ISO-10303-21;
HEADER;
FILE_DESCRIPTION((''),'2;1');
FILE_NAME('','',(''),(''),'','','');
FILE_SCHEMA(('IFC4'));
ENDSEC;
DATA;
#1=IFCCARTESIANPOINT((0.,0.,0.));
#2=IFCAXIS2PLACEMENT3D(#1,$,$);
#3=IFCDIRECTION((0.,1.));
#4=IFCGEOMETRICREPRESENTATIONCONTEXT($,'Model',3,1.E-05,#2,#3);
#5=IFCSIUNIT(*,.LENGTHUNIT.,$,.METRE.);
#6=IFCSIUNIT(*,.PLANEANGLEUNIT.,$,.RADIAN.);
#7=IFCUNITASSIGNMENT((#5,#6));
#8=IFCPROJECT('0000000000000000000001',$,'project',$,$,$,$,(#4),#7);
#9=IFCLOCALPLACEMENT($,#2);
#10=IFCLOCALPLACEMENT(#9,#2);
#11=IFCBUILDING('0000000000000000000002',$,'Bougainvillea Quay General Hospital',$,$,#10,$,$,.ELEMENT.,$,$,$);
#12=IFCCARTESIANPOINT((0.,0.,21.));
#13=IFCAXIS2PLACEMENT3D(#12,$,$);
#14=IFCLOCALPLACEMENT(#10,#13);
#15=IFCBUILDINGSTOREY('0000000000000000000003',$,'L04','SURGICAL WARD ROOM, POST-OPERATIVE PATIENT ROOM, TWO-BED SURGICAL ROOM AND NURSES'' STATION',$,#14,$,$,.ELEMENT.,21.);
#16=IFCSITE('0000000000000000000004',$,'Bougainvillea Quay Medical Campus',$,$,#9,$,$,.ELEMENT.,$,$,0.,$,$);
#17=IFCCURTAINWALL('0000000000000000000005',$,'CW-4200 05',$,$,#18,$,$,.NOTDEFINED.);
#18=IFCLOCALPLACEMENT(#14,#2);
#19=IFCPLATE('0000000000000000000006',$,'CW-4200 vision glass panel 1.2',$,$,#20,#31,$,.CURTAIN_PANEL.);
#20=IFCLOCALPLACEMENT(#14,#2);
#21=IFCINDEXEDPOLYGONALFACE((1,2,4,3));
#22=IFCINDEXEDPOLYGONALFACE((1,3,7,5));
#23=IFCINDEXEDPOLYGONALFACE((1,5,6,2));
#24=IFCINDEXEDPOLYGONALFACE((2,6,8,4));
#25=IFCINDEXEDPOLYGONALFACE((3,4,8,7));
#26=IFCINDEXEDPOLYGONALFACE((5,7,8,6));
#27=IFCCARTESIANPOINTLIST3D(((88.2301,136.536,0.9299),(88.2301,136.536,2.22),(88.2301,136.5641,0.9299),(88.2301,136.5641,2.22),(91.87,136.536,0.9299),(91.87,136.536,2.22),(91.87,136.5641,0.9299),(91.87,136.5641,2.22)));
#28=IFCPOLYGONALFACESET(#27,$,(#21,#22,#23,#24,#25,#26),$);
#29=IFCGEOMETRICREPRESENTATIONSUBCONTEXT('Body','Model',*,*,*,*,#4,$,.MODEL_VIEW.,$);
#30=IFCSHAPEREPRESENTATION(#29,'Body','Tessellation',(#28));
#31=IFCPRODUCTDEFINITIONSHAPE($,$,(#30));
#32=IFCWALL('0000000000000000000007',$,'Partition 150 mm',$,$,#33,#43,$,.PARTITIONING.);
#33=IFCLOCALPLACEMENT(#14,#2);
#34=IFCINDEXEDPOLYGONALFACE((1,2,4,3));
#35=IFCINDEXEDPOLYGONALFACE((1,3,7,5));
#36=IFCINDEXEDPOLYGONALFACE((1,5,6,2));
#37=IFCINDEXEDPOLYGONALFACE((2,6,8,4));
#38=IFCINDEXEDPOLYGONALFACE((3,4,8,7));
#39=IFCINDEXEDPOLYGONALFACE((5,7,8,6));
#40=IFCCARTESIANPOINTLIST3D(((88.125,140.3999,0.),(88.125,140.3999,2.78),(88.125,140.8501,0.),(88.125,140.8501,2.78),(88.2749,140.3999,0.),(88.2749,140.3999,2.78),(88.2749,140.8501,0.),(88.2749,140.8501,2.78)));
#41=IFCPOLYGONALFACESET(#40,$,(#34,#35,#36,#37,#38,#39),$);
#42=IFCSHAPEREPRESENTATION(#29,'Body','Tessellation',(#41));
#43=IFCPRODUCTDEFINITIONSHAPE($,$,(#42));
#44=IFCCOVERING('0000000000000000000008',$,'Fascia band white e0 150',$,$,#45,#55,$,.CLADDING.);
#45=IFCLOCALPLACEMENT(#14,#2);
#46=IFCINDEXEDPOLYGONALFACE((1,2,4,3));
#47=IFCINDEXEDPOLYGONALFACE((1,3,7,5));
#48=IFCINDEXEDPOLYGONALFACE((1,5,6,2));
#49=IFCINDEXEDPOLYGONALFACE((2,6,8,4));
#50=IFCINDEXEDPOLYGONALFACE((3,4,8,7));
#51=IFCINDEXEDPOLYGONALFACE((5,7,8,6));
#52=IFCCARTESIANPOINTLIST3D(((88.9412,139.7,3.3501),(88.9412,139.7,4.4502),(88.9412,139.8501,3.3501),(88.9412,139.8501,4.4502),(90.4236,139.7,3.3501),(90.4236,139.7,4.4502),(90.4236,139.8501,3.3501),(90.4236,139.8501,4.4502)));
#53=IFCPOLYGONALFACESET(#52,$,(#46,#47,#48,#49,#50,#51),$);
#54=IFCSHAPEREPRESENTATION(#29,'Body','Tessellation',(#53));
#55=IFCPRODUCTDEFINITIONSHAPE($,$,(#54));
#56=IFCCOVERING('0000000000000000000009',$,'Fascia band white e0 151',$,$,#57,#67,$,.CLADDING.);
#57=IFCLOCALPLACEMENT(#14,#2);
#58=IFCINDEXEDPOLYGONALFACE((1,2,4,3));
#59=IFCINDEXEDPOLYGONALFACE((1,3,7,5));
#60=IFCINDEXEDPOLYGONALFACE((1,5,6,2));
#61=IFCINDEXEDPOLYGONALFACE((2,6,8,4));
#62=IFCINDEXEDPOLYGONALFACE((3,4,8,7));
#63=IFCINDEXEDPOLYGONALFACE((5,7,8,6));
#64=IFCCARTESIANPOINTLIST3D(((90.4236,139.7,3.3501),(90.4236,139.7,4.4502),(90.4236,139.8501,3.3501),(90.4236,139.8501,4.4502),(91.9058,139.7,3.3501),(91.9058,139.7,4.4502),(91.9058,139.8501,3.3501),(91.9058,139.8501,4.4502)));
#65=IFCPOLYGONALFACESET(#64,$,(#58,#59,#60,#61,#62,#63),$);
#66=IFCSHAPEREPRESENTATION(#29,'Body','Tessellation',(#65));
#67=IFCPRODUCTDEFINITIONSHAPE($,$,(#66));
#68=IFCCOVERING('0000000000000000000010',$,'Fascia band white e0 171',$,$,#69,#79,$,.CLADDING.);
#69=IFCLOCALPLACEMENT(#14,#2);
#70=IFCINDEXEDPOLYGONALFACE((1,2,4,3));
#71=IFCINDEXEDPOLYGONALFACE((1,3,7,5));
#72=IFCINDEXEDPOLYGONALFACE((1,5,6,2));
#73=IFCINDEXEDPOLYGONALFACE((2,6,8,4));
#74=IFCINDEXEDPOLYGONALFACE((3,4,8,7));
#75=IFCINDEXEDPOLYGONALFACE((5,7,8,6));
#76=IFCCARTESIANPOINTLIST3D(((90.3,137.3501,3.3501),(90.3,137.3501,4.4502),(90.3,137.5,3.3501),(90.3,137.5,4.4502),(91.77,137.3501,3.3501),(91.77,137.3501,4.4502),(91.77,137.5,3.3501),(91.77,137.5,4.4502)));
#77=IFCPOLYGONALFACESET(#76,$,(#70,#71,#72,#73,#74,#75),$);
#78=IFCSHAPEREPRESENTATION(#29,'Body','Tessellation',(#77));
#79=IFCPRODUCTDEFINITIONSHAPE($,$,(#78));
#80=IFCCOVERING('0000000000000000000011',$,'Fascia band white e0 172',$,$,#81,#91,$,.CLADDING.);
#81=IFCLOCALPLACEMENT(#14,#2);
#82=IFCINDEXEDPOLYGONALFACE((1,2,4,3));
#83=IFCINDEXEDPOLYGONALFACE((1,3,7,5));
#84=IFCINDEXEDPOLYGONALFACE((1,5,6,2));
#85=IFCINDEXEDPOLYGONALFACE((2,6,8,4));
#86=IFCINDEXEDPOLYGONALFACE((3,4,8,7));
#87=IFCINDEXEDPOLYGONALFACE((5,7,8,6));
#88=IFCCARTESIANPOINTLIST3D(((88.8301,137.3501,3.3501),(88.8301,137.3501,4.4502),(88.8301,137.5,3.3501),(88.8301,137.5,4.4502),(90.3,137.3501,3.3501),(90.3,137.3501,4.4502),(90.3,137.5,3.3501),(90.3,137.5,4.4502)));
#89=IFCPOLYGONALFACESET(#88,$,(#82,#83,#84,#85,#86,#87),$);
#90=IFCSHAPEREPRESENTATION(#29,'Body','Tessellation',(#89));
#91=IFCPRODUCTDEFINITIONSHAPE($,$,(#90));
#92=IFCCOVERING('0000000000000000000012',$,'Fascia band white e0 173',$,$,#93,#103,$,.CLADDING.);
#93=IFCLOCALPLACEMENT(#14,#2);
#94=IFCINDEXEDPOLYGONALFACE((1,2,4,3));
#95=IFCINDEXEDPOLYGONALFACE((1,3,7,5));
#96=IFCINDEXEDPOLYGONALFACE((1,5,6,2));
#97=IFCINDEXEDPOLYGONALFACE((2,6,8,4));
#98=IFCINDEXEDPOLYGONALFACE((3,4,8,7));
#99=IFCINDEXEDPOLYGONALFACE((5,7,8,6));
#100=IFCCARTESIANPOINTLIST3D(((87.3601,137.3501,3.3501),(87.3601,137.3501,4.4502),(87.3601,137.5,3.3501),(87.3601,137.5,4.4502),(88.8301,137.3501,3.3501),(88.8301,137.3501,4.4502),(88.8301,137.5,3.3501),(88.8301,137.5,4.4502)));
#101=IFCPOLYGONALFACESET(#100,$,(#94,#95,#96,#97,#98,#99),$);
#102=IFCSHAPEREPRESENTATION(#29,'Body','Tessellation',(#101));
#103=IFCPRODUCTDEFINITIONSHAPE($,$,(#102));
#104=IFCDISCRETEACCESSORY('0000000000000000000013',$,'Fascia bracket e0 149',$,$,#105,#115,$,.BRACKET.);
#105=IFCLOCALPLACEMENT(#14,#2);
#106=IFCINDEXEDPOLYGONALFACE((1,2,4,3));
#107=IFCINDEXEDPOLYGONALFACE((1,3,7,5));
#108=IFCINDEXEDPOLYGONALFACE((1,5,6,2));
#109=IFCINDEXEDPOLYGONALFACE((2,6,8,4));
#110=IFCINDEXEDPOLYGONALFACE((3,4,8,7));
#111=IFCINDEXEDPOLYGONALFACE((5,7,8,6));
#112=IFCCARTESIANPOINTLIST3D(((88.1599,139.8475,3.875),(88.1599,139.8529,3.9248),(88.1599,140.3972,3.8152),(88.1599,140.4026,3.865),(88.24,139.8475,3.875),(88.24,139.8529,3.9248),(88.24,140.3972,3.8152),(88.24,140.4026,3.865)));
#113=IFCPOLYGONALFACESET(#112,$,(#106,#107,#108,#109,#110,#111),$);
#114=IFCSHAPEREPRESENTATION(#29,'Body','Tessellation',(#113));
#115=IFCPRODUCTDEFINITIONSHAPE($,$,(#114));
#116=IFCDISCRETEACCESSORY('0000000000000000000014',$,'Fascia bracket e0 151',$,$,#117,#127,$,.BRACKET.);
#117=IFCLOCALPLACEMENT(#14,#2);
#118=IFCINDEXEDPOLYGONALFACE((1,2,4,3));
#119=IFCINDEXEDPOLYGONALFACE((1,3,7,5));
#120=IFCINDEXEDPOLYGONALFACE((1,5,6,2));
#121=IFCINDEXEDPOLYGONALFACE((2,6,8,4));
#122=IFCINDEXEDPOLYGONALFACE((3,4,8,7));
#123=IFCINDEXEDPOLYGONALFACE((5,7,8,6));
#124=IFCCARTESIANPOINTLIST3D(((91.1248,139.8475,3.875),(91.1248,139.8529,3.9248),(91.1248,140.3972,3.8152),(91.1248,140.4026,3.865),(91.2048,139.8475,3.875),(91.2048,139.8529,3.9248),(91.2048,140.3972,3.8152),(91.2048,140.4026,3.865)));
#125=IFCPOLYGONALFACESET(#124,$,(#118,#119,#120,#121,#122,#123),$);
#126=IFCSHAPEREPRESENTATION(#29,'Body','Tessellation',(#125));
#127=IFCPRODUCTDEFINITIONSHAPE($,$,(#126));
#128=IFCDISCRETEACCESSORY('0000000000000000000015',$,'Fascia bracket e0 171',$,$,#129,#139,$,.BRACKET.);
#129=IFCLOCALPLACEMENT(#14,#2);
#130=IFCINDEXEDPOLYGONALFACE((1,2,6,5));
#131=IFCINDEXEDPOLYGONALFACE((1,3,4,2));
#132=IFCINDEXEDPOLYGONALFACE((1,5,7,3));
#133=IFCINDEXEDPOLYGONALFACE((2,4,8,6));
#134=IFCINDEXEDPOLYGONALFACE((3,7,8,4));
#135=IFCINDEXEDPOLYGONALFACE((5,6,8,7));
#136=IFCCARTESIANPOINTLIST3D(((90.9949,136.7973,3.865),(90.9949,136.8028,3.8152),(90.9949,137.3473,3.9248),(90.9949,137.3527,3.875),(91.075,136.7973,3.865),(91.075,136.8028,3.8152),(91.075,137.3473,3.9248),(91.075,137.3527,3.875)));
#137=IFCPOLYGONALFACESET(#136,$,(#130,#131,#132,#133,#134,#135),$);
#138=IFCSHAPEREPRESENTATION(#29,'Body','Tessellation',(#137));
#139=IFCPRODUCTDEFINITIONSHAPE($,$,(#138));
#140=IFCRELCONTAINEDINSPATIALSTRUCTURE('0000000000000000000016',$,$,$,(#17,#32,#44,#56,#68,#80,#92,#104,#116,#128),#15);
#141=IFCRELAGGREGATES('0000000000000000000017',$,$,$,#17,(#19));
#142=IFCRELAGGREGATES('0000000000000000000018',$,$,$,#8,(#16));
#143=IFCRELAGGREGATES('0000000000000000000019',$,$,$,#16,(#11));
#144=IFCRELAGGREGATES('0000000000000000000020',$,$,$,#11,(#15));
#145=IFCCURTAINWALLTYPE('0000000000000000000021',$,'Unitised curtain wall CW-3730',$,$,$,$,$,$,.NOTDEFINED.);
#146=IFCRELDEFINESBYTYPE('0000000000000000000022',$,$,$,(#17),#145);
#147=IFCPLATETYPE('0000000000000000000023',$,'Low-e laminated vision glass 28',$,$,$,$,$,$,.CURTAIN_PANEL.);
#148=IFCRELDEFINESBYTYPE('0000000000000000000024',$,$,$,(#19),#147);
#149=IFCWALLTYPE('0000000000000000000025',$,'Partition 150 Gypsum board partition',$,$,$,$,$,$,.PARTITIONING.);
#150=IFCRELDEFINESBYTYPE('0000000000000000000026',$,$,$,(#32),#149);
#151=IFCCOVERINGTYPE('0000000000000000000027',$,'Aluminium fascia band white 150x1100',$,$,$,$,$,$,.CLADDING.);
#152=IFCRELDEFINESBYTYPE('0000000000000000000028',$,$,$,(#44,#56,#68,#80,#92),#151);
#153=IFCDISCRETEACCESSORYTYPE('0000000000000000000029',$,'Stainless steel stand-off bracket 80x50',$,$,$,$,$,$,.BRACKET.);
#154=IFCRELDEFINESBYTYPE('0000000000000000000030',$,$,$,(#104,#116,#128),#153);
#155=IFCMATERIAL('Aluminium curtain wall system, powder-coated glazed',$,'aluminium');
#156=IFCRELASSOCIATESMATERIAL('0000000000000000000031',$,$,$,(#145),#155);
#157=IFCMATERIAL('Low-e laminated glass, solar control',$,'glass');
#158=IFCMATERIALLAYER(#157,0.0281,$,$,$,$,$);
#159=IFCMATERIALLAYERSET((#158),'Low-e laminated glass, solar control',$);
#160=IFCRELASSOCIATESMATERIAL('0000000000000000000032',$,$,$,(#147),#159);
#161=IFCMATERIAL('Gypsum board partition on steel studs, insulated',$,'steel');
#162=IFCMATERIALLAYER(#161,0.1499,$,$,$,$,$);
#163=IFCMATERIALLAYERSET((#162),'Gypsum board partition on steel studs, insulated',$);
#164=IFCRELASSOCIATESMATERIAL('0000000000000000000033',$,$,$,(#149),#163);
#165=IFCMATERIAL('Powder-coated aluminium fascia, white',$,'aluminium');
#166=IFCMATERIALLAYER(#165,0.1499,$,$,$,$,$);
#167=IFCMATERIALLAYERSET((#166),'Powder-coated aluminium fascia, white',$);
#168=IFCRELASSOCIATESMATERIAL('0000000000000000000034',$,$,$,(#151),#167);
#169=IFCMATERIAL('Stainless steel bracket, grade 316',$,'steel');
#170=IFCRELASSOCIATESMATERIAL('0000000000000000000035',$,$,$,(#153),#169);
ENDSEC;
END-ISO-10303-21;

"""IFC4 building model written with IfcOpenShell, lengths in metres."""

from ifc_helpers import new_model, si_unit, direction, frame, frame_2d, origin, origin_2d, place, context, subcontext, project, spatial, polyline, rectangle, outline, extrude, material, layer, layer_set, material_profile, profile_set, type_object, element, aggregate, save


model = new_model("IFC4")

# Units and contexts
model_context = context("Model", 3, precision=1e-05, world=origin(), true_north=direction((0.0, 1.0)))
body_context = subcontext(model_context, "Body", "Model", "MODEL_VIEW")
ifc_project = project(units=[si_unit("LENGTHUNIT", "METRE"), si_unit("PLANEANGLEUNIT", "RADIAN")], contexts=[model_context])

# Site, building, storey
site_placement = place(None, origin())
site = spatial("IfcSite", under=ifc_project, at=site_placement, Name="Bougainvillea Quay Medical Campus", CompositionType="ELEMENT", RefElevation=0.0)
building_placement = place(site_placement, origin())
building = spatial("IfcBuilding", under=site, at=building_placement, Name="Bougainvillea Quay General Hospital", CompositionType="ELEMENT")
storey_placement = place(building_placement, frame((0.0, 0.0, 21.0)))
storey = spatial("IfcBuildingStorey", under=building, at=storey_placement, Name="L04", Description="SURGICAL WARD ROOM, POST-OPERATIVE PATIENT ROOM, TWO-BED SURGICAL ROOM AND NURSES' STATION", CompositionType="ELEMENT", Elevation=21.0)

# Curtain wall
ifc_material_1 = material(Name="Aluminium curtain wall system, powder-coated glazed", Category="aluminium")
curtain_wall_type = type_object("IfcCurtainWallType", Name="Unitised curtain wall CW-3730", PredefinedType="NOTDEFINED", material=ifc_material_1)
curtain_wall_1_placement = place(storey_placement, origin())
curtain_wall_1 = element("IfcCurtainWall", 1, at=curtain_wall_1_placement, inside=storey, type_object=curtain_wall_type, Name="CW-4200 05", PredefinedType="NOTDEFINED")

# Plate
ifc_material_2 = material(Name="Low-e laminated glass, solar control", Category="glass")
ifc_layer_1 = layer(ifc_material_2, 0.0281)
ifc_layer_set_1 = layer_set([ifc_layer_1], Name="Low-e laminated glass, solar control")
plate_type_1 = type_object("IfcPlateType", Name="Low-e laminated vision glass 28", PredefinedType="CURTAIN_PANEL", material=ifc_layer_set_1)
plate_1_placement = place(storey_placement, frame((90.05, 136.55, 0.9299), z_axis=(0.0, 0.0, 1.0), x_axis=(-1.0, 0.0, 0.0)))
plate_1 = element("IfcPlate", 2, at=plate_1_placement, type_object=plate_type_1, Name="CW-4200 vision glass panel 1.2", PredefinedType="CURTAIN_PANEL", context=body_context, shape_type="SweptSolid", body=[
    extrude(rectangle(XDim=3.6399, YDim=0.0281, at=origin_2d()), origin(), (0.0, 0.0, 1.0), 1.29),
])
aggregate(curtain_wall_1, [plate_1])

# Wall
ifc_material_3 = material(Name="Gypsum board partition on steel studs, insulated", Category="steel")
ifc_layer_2 = layer(ifc_material_3, 0.1499)
ifc_layer_set_2 = layer_set([ifc_layer_2], Name="Gypsum board partition on steel studs, insulated")
wall_type = type_object("IfcWallType", Name="Partition 150 Gypsum board partition", PredefinedType="PARTITIONING", material=ifc_layer_set_2)
wall_placement = place(storey_placement, frame((88.2, 140.3999, 0.0), z_axis=(0.0, 0.0, 1.0), x_axis=(0.0, 1.0, 0.0)))
element("IfcWall", 3, at=wall_placement, inside=storey, type_object=wall_type, Name="Partition 150 mm", PredefinedType="PARTITIONING", context=body_context, shape_type="SweptSolid", body=[
    extrude(rectangle(XDim=0.4502, YDim=0.1499, at=frame_2d((0.2251, 0.0))), origin(), (0.0, 0.0, 1.0), 2.78),
])

# Coverings
ifc_material_4 = material(Name="Powder-coated aluminium fascia, white", Category="aluminium")
ifc_layer_3 = layer(ifc_material_4, 0.1499)
ifc_layer_set_3 = layer_set([ifc_layer_3], Name="Powder-coated aluminium fascia, white")
covering_type = type_object("IfcCoveringType", Name="Aluminium fascia band white 150x1100", PredefinedType="CLADDING", material=ifc_layer_set_3)
covering_1_placement = place(storey_placement, frame((88.9412, 139.8501, 3.3501), z_axis=(0.0, 0.0, 1.0), x_axis=(1.0, 0.0, 0.0)))
element("IfcCovering", 4, at=covering_1_placement, inside=storey, type_object=covering_type, Name="Fascia band white e0 150", PredefinedType="CLADDING", context=body_context, shape_type="SweptSolid", body=[
    extrude(outline(polyline([(0.0, 0.0), (1.4824, 0.0), (1.4824, -0.1501), (0.0, -0.1501), (0.0, 0.0)])), origin(), (0.0, 0.0, 1.0), 1.1001),
])
covering_2_placement = place(storey_placement, frame((90.4236, 139.8501, 3.3501), z_axis=(0.0, 0.0, 1.0), x_axis=(1.0, 0.0, 0.0)))
element("IfcCovering", 5, at=covering_2_placement, inside=storey, type_object=covering_type, Name="Fascia band white e0 151", PredefinedType="CLADDING", context=body_context, shape_type="SweptSolid", body=[
    extrude(outline(polyline([(0.0, 0.0), (1.4822, 0.0), (1.4822, -0.1501), (0.0, -0.1501), (0.0, 0.0)])), origin(), (0.0, 0.0, 1.0), 1.1001),
])
for number, where, z_axis, x_axis, name in (
    (6, (91.77, 137.3501, 3.3501), (0.0, 0.0, 1.0), (-1.0, 0.0, 0.0), "Fascia band white e0 171"),
    (7, (90.3, 137.3501, 3.3501), (0.0, 0.0, 1.0), (-1.0, 0.0, 0.0), "Fascia band white e0 172"),
    (8, (88.8301, 137.3501, 3.3501), (0.0, 0.0, 1.0), (-1.0, 0.0, 0.0), "Fascia band white e0 173"),
):
    element("IfcCovering", number, at=place(storey_placement, frame(where, z_axis=z_axis, x_axis=x_axis)), inside=storey, type_object=covering_type, Name=name, PredefinedType="CLADDING", context=body_context, shape_type="SweptSolid", body=[
        extrude(outline(polyline([(0.0, 0.0), (1.47, 0.0), (1.47, -0.1499), (0.0, -0.1499), (0.0, 0.0)])), origin(), (0.0, 0.0, 1.0), 1.1001),
    ])

# Discrete accessories
ifc_material_5 = material(Name="Stainless steel bracket, grade 316", Category="steel")
ifc_material_profile_1 = material_profile(ifc_material_5, rectangle(XDim=0.0801, YDim=0.05, at=origin_2d()))
ifc_profile_set_1 = profile_set([ifc_material_profile_1], Name="Stainless steel bracket, grade 316")
discrete_accessory_type = type_object("IfcDiscreteAccessoryType", Name="Stainless steel stand-off bracket 80x50", PredefinedType="BRACKET", material=ifc_profile_set_1)
for number, where, z_axis, x_axis, name in (
    (9, (88.2, 140.3999, 3.8401), (0.0, -0.994134, 0.108154), (1.0, 0.0, 0.0), "Fascia bracket e0 149"),
    (10, (91.1648, 140.3999, 3.8401), (0.0, -0.994134, 0.108154), (1.0, 0.0, 0.0), "Fascia bracket e0 151"),
):
    element("IfcDiscreteAccessory", number, at=place(storey_placement, frame(where, z_axis=z_axis, x_axis=x_axis)), inside=storey, type_object=discrete_accessory_type, Name=name, PredefinedType="BRACKET", context=body_context, shape_type="SweptSolid", body=[
        extrude(rectangle(XDim=0.0801, YDim=0.05, at=origin_2d()), origin(), (0.0, 0.0, 1.0), 0.553),
    ])
discrete_accessory_placement = place(storey_placement, frame((91.0349, 136.8, 3.8401), z_axis=(0.0, 0.994139, 0.108107), x_axis=(-1.0, 0.0, 0.0)))
element("IfcDiscreteAccessory", 11, at=discrete_accessory_placement, inside=storey, type_object=discrete_accessory_type, Name="Fascia bracket e0 171", PredefinedType="BRACKET", context=body_context, shape_type="SweptSolid", body=[
    extrude(rectangle(XDim=0.0801, YDim=0.05, at=origin_2d()), origin(), (0.0, 0.0, 1.0), 0.5532),
])

save(model, "model.ifc")
